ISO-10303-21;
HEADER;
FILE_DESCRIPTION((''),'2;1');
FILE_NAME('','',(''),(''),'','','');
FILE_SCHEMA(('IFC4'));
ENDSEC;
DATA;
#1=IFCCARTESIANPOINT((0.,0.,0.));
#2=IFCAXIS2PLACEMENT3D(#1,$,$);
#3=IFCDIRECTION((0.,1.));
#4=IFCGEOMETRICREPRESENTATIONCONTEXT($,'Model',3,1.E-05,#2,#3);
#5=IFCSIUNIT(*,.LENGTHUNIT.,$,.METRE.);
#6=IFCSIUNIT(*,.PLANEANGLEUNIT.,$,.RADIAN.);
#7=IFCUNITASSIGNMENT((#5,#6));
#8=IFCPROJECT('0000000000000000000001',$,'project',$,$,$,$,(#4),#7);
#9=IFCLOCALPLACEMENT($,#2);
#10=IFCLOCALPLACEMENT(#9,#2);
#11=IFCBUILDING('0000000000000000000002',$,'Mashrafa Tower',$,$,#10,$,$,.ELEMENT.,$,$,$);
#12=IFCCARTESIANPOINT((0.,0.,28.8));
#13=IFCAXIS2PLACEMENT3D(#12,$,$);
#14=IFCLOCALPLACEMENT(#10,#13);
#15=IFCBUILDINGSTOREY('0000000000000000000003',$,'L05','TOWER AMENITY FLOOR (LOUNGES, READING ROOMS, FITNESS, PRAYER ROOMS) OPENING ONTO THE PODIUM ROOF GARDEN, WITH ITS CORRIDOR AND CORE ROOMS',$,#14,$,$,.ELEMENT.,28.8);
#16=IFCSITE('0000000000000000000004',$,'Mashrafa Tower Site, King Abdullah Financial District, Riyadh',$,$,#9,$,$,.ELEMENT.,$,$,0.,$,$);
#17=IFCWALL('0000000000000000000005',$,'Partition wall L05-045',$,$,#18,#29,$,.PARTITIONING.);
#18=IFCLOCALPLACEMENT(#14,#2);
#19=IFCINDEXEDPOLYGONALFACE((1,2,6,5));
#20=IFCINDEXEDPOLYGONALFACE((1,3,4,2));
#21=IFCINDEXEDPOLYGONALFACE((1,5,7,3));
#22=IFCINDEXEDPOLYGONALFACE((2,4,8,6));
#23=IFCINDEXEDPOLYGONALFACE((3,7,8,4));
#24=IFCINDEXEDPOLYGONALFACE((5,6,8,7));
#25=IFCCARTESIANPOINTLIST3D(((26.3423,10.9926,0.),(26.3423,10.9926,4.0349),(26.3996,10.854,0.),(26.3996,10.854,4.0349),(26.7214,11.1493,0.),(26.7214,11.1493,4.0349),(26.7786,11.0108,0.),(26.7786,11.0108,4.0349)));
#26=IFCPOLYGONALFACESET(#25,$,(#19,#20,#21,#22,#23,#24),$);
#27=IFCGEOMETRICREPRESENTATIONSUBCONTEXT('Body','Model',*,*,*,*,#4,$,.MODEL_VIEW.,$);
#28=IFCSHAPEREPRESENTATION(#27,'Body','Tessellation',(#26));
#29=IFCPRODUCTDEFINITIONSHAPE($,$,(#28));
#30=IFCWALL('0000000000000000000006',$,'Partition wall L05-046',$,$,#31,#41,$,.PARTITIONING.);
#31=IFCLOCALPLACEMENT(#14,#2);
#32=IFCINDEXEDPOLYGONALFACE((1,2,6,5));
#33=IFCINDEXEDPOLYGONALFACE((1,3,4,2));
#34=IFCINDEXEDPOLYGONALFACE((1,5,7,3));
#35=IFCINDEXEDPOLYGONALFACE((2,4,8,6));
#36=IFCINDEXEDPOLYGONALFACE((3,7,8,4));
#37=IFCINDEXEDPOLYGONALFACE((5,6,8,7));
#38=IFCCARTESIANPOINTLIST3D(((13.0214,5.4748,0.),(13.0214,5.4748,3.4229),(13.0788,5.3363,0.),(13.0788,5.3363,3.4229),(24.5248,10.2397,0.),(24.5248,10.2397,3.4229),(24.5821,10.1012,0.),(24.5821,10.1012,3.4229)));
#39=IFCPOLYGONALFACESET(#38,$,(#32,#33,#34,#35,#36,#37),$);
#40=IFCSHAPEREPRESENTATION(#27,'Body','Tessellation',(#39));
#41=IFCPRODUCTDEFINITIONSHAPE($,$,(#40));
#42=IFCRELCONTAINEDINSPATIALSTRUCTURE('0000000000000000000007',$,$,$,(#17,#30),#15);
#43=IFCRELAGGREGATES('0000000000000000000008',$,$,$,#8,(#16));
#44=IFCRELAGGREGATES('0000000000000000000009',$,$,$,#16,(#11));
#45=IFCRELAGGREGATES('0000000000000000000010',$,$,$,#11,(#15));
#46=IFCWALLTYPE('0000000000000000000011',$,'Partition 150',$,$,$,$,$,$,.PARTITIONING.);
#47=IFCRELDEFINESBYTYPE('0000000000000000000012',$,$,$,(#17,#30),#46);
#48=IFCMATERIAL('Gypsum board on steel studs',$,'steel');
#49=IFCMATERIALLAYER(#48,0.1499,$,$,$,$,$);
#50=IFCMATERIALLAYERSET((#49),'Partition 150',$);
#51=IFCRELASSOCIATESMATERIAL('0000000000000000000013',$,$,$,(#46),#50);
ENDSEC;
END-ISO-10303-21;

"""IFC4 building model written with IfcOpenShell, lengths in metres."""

from ifc_helpers import new_model, si_unit, direction, frame, frame_2d, origin, place, context, subcontext, project, spatial, rectangle, extrude, material, layer, layer_set, type_object, element, save


model = new_model("IFC4")

# Units and contexts
model_context = context("Model", 3, precision=1e-05, world=origin(), true_north=direction((0.0, 1.0)))
body_context = subcontext(model_context, "Body", "Model", "MODEL_VIEW")
ifc_project = project(units=[si_unit("LENGTHUNIT", "METRE"), si_unit("PLANEANGLEUNIT", "RADIAN")], contexts=[model_context])

# Site, building, storey
site_placement = place(None, origin())
site = spatial("IfcSite", under=ifc_project, at=site_placement, Name="Mashrafa Tower Site, King Abdullah Financial District, Riyadh", CompositionType="ELEMENT", RefElevation=0.0)
building_placement = place(site_placement, origin())
building = spatial("IfcBuilding", under=site, at=building_placement, Name="Mashrafa Tower", CompositionType="ELEMENT")
storey_placement = place(building_placement, frame((0.0, 0.0, 28.8)))
storey = spatial("IfcBuildingStorey", under=building, at=storey_placement, Name="L05", Description="TOWER AMENITY FLOOR (LOUNGES, READING ROOMS, FITNESS, PRAYER ROOMS) OPENING ONTO THE PODIUM ROOF GARDEN, WITH ITS CORRIDOR AND CORE ROOMS", CompositionType="ELEMENT", Elevation=28.8)

# Walls
ifc_material_1 = material(Name="Gypsum board on steel studs", Category="steel")
ifc_layer_1 = layer(ifc_material_1, 0.1499)
ifc_layer_set_1 = layer_set([ifc_layer_1], Name="Partition 150")
wall_type = type_object("IfcWallType", Name="Partition 150", PredefinedType="PARTITIONING", material=ifc_layer_set_1)
wall_1_placement = place(storey_placement, frame((26.75, 11.0801, 0.0), z_axis=(0.0, 0.0, 1.0), x_axis=(-0.92406, -0.382247, 0.0)))
element("IfcWall", 1, at=wall_1_placement, inside=storey, type_object=wall_type, Name="Partition wall L05-045", PredefinedType="PARTITIONING", context=body_context, shape_type="SweptSolid", body=[
    extrude(rectangle(XDim=0.4102, YDim=0.1499, at=frame_2d((0.2051, 0.0))), origin(), (0.0, 0.0, 1.0), 4.0349),
])
wall_2_placement = place(storey_placement, frame((24.5535, 10.1704, 0.0), z_axis=(0.0, 0.0, 1.0), x_axis=(-0.923879, -0.382685, 0.0)))
element("IfcWall", 2, at=wall_2_placement, inside=storey, type_object=wall_type, Name="Partition wall L05-046", PredefinedType="PARTITIONING", context=body_context, shape_type="SweptSolid", body=[
    extrude(rectangle(XDim=12.4512, YDim=0.1499, at=frame_2d((6.2256, 0.0))), origin(), (0.0, 0.0, 1.0), 3.4229),
])

save(model, "model.ifc")
